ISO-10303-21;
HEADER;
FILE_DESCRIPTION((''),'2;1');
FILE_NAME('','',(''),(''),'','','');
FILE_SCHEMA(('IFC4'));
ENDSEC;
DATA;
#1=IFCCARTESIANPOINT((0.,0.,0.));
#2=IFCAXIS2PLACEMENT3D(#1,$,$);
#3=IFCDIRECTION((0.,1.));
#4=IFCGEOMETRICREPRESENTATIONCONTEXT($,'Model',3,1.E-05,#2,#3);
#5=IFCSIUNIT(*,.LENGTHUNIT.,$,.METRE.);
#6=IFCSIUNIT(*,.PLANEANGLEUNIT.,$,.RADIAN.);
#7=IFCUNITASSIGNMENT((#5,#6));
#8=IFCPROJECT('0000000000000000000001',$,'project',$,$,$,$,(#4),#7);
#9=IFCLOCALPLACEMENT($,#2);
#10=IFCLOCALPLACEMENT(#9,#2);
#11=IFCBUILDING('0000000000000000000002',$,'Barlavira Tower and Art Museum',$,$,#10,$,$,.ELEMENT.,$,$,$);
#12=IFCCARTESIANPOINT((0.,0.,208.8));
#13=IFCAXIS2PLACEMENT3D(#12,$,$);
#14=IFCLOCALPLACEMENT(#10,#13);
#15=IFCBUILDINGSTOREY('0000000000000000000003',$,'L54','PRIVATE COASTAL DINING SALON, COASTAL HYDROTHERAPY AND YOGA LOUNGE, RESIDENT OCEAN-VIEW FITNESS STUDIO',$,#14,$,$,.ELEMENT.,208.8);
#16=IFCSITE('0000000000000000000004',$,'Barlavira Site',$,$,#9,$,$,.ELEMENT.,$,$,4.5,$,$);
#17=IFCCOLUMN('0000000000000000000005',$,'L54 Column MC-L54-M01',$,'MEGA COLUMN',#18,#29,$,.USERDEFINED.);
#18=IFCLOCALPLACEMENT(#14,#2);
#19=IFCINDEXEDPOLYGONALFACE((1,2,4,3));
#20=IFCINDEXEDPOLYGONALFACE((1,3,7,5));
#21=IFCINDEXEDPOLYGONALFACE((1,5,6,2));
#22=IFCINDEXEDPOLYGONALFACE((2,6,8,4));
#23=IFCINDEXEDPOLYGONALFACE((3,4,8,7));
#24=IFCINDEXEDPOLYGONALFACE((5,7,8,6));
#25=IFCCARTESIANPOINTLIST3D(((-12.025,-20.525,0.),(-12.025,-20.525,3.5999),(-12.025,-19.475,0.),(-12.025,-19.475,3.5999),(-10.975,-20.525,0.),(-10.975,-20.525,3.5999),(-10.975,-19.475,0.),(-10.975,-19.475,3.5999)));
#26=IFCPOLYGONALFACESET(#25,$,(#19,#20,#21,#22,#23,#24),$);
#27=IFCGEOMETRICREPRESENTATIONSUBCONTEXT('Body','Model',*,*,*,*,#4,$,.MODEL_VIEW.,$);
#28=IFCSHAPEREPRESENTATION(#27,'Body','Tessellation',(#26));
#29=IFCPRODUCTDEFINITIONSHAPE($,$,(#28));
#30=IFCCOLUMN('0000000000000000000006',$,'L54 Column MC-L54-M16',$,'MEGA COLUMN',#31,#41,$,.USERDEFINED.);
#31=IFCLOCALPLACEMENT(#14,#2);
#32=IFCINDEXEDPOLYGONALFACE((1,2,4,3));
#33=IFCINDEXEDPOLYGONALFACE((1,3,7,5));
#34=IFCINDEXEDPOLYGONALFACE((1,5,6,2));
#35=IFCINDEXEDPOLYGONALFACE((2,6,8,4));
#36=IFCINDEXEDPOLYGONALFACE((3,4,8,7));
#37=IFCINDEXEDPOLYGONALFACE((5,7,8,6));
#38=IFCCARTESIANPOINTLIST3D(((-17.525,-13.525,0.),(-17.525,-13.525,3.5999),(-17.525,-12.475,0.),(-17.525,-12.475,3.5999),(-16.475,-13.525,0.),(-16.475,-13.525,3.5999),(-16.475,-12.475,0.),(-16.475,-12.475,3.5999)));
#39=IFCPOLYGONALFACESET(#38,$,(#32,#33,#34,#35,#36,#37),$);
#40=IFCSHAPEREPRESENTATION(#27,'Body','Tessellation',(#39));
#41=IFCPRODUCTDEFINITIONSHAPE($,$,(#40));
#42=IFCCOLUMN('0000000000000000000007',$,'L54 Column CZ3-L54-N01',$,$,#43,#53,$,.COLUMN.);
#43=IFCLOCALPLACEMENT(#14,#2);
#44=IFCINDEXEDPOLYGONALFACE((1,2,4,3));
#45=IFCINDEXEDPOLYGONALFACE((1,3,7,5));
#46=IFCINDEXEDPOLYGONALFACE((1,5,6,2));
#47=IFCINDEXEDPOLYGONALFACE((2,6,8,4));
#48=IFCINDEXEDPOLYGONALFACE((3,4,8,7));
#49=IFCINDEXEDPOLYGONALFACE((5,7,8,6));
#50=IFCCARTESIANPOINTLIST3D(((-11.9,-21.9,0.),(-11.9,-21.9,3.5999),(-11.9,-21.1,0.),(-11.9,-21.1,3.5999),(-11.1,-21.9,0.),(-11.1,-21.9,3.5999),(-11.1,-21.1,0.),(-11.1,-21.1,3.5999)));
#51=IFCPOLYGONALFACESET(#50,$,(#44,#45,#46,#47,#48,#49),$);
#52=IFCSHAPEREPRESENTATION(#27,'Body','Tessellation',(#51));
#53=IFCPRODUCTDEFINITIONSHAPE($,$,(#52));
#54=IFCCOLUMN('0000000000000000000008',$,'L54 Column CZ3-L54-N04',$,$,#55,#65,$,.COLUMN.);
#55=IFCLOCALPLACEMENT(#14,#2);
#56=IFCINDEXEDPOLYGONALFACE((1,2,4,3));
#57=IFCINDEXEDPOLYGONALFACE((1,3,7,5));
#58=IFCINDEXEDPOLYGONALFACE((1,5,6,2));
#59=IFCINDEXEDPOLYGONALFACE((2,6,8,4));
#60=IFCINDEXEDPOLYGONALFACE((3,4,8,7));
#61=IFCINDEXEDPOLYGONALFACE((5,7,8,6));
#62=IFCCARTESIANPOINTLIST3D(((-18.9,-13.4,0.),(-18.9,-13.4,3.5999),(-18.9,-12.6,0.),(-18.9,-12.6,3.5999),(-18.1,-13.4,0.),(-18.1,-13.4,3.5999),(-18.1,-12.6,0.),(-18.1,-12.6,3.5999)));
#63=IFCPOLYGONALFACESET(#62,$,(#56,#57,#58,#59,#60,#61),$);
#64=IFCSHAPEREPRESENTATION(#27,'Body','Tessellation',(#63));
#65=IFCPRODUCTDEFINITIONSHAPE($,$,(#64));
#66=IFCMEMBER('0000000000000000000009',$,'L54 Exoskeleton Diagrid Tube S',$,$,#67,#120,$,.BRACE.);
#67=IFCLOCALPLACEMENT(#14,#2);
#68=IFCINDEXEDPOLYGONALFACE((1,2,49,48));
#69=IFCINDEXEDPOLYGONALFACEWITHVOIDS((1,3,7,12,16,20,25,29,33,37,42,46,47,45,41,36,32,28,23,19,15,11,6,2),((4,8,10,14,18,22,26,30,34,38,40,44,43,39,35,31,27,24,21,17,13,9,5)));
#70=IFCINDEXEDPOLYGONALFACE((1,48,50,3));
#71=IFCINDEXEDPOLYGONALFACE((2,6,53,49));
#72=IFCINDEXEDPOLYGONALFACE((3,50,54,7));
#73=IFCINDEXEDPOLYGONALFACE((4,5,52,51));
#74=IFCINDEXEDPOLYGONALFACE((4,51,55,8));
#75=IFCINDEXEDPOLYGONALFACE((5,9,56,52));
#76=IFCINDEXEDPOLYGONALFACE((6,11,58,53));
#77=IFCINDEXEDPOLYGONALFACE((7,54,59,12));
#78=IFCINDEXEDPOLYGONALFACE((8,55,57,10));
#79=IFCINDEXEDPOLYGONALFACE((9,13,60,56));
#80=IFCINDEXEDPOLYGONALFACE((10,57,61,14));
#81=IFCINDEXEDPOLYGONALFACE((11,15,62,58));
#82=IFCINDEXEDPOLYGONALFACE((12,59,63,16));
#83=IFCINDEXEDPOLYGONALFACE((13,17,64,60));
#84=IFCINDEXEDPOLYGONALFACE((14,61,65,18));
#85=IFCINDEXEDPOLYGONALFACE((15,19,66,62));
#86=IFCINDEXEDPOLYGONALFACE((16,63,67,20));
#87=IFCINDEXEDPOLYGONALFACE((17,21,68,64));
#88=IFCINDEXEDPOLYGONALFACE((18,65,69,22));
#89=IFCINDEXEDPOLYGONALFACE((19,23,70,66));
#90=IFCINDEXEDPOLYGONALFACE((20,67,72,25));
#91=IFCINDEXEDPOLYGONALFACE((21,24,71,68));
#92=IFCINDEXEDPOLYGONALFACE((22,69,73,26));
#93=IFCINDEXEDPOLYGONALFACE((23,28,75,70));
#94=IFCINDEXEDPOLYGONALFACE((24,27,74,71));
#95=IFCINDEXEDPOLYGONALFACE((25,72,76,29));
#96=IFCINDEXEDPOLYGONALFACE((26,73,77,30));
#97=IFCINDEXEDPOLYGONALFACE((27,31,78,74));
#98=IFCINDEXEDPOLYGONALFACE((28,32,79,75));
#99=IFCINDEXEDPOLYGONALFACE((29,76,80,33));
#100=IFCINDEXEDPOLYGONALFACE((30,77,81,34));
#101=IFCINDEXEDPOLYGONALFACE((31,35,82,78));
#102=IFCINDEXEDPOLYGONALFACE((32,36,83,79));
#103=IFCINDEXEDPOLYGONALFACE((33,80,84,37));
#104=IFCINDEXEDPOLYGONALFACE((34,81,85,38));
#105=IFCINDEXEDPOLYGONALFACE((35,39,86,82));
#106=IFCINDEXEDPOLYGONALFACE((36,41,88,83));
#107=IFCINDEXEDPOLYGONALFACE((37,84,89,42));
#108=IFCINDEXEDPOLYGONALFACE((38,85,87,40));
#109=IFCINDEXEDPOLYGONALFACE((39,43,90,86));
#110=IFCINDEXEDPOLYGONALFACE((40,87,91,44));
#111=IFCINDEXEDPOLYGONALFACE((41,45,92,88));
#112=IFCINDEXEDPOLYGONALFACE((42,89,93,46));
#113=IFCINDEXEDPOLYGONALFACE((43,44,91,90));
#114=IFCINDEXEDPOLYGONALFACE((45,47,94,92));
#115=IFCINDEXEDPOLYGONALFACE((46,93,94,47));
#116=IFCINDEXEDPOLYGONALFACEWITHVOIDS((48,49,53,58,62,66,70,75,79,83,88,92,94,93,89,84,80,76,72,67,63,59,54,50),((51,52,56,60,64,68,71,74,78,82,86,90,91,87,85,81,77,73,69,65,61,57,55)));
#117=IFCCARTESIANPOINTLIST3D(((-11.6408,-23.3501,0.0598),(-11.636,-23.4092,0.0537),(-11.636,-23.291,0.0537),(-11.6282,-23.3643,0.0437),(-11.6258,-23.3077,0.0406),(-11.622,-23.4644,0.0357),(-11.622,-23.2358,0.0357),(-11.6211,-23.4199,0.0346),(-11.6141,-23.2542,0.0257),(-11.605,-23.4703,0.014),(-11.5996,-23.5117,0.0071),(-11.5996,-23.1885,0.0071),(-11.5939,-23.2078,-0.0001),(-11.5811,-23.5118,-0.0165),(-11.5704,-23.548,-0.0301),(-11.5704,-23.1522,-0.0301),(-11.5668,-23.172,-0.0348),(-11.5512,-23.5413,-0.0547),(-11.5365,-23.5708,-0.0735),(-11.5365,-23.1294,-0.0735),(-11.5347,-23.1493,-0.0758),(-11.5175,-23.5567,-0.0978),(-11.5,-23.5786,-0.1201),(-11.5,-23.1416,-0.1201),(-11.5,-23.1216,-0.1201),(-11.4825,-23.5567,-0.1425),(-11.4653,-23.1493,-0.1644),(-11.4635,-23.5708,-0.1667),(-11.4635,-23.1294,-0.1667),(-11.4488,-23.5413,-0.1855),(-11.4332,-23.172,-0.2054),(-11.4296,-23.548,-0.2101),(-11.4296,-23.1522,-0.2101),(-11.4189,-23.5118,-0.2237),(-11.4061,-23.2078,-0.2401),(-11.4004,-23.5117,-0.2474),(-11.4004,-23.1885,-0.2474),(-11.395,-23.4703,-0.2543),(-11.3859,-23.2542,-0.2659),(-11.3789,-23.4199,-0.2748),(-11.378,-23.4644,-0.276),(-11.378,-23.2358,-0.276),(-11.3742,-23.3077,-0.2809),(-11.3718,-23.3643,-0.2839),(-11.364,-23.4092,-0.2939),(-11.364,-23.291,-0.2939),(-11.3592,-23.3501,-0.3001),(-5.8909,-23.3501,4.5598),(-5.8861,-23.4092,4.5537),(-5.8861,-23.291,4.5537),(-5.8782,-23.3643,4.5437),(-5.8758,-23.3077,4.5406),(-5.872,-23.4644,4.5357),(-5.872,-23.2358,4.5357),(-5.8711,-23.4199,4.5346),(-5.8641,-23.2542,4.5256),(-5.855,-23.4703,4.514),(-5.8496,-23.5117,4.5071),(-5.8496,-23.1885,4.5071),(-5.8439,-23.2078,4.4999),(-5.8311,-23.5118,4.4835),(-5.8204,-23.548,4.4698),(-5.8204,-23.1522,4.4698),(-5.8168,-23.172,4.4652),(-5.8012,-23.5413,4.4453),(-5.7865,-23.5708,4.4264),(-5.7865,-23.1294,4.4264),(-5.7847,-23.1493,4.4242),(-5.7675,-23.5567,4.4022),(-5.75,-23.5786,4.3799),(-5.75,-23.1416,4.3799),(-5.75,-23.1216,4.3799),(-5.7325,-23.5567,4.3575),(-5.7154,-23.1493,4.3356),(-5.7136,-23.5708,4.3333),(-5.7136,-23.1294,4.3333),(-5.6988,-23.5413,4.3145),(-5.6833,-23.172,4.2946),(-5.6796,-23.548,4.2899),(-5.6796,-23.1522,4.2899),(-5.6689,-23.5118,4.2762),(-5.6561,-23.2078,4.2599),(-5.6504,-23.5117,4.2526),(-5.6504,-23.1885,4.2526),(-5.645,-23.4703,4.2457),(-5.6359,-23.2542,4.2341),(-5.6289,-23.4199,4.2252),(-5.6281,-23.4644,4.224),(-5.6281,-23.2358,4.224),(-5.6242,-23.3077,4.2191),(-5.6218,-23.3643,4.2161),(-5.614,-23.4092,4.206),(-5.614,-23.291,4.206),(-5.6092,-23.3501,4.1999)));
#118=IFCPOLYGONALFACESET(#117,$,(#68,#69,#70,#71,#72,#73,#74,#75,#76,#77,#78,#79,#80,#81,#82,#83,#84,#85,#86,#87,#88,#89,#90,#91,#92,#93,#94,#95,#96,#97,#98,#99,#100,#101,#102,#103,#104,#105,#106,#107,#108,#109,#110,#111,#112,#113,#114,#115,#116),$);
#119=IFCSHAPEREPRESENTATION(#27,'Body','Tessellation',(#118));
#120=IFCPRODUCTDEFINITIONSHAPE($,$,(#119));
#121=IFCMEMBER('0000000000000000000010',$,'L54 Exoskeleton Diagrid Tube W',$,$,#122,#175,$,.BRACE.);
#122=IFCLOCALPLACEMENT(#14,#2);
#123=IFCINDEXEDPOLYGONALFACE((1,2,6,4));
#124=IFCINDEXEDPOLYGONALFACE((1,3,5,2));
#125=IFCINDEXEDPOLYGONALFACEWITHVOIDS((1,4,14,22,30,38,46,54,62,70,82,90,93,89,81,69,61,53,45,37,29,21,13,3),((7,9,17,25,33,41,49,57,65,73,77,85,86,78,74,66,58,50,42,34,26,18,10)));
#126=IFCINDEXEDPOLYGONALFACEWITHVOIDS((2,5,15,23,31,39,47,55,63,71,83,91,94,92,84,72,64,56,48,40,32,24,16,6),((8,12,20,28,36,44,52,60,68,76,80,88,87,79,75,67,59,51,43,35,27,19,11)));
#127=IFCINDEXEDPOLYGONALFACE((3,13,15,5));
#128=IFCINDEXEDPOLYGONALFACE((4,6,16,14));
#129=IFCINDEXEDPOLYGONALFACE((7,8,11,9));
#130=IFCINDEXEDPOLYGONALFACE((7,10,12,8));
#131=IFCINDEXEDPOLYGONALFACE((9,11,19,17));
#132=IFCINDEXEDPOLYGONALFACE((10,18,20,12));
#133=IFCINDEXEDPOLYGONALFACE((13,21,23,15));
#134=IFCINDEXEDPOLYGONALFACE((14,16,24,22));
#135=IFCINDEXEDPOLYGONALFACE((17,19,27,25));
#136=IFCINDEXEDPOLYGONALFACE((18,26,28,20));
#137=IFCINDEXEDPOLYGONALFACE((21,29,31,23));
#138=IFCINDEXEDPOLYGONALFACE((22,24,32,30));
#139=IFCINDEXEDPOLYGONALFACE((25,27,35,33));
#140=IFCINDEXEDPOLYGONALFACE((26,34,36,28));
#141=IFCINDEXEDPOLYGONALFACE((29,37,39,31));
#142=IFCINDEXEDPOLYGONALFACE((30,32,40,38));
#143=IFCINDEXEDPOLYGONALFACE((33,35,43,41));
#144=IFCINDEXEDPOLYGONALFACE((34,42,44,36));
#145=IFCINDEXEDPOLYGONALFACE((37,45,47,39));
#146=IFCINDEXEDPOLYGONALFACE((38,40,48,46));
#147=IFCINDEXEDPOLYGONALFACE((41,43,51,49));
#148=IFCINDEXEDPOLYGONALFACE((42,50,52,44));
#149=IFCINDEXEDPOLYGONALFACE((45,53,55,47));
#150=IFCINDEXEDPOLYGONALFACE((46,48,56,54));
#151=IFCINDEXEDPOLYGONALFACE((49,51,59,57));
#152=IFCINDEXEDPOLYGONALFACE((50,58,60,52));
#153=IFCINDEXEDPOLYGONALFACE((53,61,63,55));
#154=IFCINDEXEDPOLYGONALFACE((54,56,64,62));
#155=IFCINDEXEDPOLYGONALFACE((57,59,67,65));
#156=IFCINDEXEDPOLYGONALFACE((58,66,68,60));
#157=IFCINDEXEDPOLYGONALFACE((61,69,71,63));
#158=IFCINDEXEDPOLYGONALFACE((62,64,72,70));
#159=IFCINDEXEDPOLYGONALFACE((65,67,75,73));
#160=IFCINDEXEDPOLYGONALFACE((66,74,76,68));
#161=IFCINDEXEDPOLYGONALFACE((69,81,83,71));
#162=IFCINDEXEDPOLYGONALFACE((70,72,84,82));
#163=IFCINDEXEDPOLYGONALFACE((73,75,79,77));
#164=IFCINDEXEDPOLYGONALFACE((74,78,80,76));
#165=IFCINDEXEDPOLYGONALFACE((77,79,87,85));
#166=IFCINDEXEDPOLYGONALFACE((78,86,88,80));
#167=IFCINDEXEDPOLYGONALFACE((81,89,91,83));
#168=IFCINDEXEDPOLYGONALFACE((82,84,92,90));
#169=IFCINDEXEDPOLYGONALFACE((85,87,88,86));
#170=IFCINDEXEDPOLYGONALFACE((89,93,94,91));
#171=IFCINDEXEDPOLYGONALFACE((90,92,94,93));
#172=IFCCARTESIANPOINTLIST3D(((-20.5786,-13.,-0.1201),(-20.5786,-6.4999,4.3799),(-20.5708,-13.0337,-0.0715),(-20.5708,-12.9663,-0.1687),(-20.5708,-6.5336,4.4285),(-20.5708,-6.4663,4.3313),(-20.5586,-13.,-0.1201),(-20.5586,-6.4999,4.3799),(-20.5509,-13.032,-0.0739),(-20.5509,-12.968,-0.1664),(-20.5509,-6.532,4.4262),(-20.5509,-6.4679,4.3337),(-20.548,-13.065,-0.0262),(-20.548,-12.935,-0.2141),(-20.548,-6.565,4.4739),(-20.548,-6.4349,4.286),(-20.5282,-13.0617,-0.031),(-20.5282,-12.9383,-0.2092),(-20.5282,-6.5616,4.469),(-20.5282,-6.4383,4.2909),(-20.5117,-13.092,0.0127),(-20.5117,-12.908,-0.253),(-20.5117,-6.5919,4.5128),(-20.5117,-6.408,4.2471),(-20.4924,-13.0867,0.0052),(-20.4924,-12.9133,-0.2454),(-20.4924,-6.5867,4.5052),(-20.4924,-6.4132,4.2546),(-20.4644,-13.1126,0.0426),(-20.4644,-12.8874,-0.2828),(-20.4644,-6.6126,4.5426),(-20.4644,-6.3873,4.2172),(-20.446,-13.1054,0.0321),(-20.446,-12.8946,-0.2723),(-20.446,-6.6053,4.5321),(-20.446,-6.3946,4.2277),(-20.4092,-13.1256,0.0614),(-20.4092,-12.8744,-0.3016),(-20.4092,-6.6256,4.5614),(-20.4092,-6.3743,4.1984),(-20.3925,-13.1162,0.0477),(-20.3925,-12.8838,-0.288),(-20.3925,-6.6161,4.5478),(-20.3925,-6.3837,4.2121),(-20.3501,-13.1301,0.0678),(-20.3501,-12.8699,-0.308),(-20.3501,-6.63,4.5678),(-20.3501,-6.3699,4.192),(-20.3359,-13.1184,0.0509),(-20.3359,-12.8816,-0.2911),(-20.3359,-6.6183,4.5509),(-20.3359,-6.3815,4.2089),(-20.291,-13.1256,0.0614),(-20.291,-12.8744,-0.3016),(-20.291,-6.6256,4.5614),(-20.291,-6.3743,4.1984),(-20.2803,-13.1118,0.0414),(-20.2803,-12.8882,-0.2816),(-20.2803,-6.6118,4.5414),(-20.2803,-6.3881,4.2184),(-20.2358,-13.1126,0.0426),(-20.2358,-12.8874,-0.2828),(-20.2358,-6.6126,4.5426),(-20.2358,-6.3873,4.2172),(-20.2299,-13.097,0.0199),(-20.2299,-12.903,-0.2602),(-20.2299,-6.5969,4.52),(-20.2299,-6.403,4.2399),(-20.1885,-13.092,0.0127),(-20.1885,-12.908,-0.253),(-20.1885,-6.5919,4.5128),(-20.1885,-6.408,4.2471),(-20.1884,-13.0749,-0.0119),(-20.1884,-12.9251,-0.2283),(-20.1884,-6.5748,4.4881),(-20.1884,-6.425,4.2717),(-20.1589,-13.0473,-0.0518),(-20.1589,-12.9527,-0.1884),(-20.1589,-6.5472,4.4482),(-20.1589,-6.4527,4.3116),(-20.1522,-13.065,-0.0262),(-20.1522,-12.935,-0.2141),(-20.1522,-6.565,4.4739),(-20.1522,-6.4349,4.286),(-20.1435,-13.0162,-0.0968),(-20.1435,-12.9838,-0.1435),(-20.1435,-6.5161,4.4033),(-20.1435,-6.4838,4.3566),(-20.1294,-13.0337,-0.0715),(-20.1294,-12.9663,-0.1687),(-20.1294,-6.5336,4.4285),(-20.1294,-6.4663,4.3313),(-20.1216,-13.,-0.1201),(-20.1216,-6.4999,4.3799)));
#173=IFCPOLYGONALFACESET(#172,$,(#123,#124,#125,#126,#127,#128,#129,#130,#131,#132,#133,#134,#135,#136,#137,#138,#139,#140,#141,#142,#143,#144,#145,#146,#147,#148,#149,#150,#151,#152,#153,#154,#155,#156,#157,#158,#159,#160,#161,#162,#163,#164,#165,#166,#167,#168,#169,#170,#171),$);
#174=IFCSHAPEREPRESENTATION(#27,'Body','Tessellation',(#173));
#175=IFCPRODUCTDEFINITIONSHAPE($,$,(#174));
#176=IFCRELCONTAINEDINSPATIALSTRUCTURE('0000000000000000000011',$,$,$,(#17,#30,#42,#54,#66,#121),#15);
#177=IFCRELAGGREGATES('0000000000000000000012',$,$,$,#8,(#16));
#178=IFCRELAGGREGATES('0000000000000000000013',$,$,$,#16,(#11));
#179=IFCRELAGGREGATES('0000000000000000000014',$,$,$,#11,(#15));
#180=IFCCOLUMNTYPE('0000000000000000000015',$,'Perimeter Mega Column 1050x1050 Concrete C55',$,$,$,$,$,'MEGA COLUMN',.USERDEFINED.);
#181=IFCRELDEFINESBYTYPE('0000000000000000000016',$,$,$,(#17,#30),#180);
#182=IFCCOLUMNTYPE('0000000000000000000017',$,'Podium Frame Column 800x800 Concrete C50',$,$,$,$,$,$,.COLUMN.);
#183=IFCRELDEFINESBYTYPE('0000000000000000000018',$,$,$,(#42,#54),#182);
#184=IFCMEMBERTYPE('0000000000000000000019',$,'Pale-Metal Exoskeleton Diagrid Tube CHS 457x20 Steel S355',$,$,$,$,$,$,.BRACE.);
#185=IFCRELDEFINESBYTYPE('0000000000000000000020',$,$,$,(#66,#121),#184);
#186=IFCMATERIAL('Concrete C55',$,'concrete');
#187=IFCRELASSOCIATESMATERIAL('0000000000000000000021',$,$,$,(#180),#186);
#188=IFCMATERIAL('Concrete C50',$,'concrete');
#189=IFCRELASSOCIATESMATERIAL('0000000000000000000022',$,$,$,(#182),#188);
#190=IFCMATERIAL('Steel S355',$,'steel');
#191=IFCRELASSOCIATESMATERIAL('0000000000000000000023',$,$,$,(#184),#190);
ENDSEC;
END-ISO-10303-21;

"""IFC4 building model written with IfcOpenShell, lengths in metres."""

from ifc_helpers import new_model, si_unit, direction, frame, origin, origin_2d, place, context, subcontext, project, spatial, rectangle, hollow_circle, extrude, material, material_profile, profile_set, type_object, element, save


model = new_model("IFC4")

# Units and contexts
model_context = context("Model", 3, precision=1e-05, world=origin(), true_north=direction((0.0, 1.0)))
body_context = subcontext(model_context, "Body", "Model", "MODEL_VIEW")
ifc_project = project(units=[si_unit("LENGTHUNIT", "METRE"), si_unit("PLANEANGLEUNIT", "RADIAN")], contexts=[model_context])

# Site, building, storey
site_placement = place(None, origin())
site = spatial("IfcSite", under=ifc_project, at=site_placement, Name="Barlavira Site", CompositionType="ELEMENT", RefElevation=4.5)
building_placement = place(site_placement, origin())
building = spatial("IfcBuilding", under=site, at=building_placement, Name="Barlavira Tower and Art Museum", CompositionType="ELEMENT")
storey_placement = place(building_placement, frame((0.0, 0.0, 208.8)))
storey = spatial("IfcBuildingStorey", under=building, at=storey_placement, Name="L54", Description="PRIVATE COASTAL DINING SALON, COASTAL HYDROTHERAPY AND YOGA LOUNGE, RESIDENT OCEAN-VIEW FITNESS STUDIO", CompositionType="ELEMENT", Elevation=208.8)

# Columns
ifc_material_1 = material(Name="Concrete C55", Category="concrete")
ifc_material_profile_1 = material_profile(ifc_material_1, rectangle(XDim=1.05, YDim=1.05, at=origin_2d()), Name="RC-COL 1050x1050")
ifc_profile_set_1 = profile_set([ifc_material_profile_1], Name="Concrete C55")
column_type_1 = type_object("IfcColumnType", Name="Perimeter Mega Column 1050x1050 Concrete C55", ElementType="MEGA COLUMN", PredefinedType="USERDEFINED", material=ifc_profile_set_1)
for number, where, z_axis, x_axis, name in (
    (1, (-11.5, -20.0, 0.0), (0.0, 0.0, 1.0), (1.0, 0.0, 0.0), "L54 Column MC-L54-M01"),
    (2, (-17.0, -13.0, 0.0), (0.0, 0.0, 1.0), (1.0, 0.0, 0.0), "L54 Column MC-L54-M16"),
):
    element("IfcColumn", number, at=place(storey_placement, frame(where, z_axis=z_axis, x_axis=x_axis)), inside=storey, type_object=column_type_1, Name=name, ObjectType="MEGA COLUMN", PredefinedType="USERDEFINED", context=body_context, shape_type="SweptSolid", body=[
        extrude(rectangle(XDim=1.05, YDim=1.05, at=origin_2d()), origin(), (0.0, 0.0, 1.0), 3.5999),
    ])
ifc_material_2 = material(Name="Concrete C50", Category="concrete")
ifc_material_profile_2 = material_profile(ifc_material_2, rectangle(XDim=0.8, YDim=0.8, at=origin_2d()), Name="RC-COL 800x800")
ifc_profile_set_2 = profile_set([ifc_material_profile_2], Name="Concrete C50")
column_type_2 = type_object("IfcColumnType", Name="Podium Frame Column 800x800 Concrete C50", PredefinedType="COLUMN", material=ifc_profile_set_2)
for number, where, z_axis, x_axis, name in (
    (3, (-11.5, -21.5, 0.0), (0.0, 0.0, 1.0), (1.0, 0.0, 0.0), "L54 Column CZ3-L54-N01"),
    (4, (-18.5, -13.0, 0.0), (0.0, 0.0, 1.0), (1.0, 0.0, 0.0), "L54 Column CZ3-L54-N04"),
):
    element("IfcColumn", number, at=place(storey_placement, frame(where, z_axis=z_axis, x_axis=x_axis)), inside=storey, type_object=column_type_2, Name=name, PredefinedType="COLUMN", context=body_context, shape_type="SweptSolid", body=[
        extrude(rectangle(XDim=0.8, YDim=0.8, at=origin_2d()), origin(), (0.0, 0.0, 1.0), 3.5999),
    ])

# Members
ifc_material_3 = material(Name="Steel S355", Category="steel")
ifc_material_profile_3 = material_profile(ifc_material_3, hollow_circle(Radius=0.2285, WallThickness=0.02, at=origin_2d()), Name="CHS 457.0x20.0")
ifc_profile_set_3 = profile_set([ifc_material_profile_3], Name="Steel S355")
member_type_1 = type_object("IfcMemberType", Name="Pale-Metal Exoskeleton Diagrid Tube CHS 457x20 Steel S355", PredefinedType="BRACE", material=ifc_profile_set_3)
member_1_placement = place(storey_placement, frame((-11.5, -23.3501, -0.1201), z_axis=(0.787505, 0.0, 0.616308), x_axis=(0.0, 1.0, 0.0)))
element("IfcMember", 5, at=member_1_placement, inside=storey, type_object=member_type_1, Name="L54 Exoskeleton Diagrid Tube S", PredefinedType="BRACE", context=body_context, shape_type="SweptSolid", body=[
    extrude(hollow_circle(Radius=0.2285, WallThickness=0.02, at=origin_2d()), origin(), (0.0, 0.0, 1.0), 7.3015),
])
member_2_placement = place(storey_placement, frame((-20.3501, -13.0, -0.1201), z_axis=(0.0, 0.822192, 0.56921), x_axis=(-1.0, 0.0, 0.0)))
element("IfcMember", 6, at=member_2_placement, inside=storey, type_object=member_type_1, Name="L54 Exoskeleton Diagrid Tube W", PredefinedType="BRACE", context=body_context, shape_type="SweptSolid", body=[
    extrude(hollow_circle(Radius=0.2285, WallThickness=0.02, at=origin_2d()), origin(), (0.0, 0.0, 1.0), 7.9058),
])

save(model, "model.ifc")
